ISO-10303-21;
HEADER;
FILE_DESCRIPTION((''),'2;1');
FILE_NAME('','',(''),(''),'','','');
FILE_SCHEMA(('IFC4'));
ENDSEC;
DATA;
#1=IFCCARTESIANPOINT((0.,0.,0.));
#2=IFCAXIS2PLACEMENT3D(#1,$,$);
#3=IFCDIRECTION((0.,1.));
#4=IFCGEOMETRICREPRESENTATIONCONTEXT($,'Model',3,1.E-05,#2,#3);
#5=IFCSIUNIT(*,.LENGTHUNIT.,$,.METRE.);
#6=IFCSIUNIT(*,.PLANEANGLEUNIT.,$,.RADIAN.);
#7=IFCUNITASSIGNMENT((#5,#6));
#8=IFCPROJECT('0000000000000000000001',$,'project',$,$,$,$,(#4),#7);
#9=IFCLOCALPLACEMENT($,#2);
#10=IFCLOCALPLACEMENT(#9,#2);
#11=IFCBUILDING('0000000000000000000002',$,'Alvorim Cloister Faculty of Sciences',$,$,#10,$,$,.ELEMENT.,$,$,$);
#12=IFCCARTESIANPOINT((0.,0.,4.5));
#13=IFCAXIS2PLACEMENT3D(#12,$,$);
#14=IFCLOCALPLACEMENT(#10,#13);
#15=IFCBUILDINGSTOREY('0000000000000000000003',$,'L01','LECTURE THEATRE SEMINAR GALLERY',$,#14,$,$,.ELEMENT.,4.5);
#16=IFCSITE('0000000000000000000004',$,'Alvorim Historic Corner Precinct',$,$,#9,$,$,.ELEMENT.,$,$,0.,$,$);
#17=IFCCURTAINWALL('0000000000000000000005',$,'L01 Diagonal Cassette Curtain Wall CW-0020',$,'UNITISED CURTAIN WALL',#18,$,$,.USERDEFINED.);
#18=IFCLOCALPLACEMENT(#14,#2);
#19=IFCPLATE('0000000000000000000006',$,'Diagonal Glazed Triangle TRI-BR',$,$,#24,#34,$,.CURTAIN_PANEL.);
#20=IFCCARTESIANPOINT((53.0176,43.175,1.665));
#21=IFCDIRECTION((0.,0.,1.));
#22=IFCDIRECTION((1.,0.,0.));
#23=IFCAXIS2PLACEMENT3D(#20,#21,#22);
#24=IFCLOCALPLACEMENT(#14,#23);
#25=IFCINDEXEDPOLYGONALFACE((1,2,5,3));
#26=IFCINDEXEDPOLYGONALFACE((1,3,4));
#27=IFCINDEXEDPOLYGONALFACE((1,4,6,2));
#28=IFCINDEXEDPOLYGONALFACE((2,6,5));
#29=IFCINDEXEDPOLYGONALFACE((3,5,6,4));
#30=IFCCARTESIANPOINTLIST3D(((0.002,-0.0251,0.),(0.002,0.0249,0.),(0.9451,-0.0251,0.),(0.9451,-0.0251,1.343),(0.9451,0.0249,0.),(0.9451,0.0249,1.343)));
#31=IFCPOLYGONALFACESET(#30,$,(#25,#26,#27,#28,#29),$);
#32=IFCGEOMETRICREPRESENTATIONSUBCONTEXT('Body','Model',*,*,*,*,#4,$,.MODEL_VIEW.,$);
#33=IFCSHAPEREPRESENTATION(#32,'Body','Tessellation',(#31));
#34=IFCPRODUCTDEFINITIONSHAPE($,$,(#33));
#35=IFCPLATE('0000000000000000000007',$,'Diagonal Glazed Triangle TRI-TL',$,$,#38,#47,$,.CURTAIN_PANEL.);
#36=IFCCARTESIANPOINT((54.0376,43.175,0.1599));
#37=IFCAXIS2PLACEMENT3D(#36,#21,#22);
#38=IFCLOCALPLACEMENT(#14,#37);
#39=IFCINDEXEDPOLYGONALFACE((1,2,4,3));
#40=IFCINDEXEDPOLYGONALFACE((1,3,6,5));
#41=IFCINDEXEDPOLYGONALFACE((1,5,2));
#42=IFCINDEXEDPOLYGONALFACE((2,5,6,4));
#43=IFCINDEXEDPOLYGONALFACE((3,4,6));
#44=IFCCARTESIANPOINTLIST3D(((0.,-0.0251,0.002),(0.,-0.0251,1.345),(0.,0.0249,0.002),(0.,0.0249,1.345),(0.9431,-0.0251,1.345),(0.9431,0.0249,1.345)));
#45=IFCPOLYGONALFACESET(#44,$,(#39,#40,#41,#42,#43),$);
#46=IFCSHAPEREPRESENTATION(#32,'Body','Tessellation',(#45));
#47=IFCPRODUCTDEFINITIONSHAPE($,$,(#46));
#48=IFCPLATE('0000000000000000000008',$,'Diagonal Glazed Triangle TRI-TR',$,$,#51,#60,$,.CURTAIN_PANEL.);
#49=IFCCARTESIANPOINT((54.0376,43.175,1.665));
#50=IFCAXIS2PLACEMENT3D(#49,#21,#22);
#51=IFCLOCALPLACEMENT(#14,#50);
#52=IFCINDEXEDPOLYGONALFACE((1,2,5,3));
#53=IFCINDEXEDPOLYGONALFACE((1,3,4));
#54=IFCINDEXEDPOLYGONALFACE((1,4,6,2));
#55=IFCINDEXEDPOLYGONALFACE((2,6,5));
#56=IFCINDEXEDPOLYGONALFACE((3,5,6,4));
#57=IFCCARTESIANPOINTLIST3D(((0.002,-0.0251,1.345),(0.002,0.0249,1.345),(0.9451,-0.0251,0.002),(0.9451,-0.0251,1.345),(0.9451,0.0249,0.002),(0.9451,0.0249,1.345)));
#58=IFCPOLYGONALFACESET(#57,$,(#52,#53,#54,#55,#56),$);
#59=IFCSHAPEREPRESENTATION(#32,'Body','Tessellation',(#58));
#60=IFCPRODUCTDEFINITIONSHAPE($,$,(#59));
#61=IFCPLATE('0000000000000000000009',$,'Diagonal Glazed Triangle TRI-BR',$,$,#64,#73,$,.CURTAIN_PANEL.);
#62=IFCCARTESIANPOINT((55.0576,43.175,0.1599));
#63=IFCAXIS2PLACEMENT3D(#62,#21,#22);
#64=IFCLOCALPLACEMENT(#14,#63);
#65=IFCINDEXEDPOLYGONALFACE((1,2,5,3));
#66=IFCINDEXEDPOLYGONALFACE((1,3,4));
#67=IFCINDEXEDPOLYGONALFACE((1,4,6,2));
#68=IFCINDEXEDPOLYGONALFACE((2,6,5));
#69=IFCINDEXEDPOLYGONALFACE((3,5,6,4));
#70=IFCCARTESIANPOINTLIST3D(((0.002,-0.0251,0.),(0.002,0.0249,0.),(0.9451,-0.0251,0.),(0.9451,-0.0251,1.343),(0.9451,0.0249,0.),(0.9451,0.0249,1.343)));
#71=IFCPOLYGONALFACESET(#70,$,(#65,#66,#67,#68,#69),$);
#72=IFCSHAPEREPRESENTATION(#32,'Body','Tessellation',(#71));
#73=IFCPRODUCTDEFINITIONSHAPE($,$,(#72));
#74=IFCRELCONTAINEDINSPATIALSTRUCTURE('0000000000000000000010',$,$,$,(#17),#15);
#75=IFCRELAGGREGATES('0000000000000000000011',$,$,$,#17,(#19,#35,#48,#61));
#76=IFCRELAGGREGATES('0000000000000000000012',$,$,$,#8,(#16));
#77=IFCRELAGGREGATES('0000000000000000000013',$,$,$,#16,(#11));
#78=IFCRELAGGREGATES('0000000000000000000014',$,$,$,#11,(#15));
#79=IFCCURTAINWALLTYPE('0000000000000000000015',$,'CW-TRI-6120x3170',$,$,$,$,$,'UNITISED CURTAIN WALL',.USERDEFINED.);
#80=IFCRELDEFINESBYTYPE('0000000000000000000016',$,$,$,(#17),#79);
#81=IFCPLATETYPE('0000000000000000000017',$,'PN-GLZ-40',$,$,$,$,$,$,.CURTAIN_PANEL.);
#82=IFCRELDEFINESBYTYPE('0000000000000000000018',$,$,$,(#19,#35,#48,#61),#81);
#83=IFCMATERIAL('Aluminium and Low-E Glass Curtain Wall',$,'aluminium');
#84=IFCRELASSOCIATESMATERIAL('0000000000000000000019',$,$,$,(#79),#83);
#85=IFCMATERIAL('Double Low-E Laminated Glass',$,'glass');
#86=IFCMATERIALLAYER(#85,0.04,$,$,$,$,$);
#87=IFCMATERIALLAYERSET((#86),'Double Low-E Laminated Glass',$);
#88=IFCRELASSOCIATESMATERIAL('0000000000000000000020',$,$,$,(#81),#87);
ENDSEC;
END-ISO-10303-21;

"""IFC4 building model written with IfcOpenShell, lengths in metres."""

from ifc_helpers import new_model, si_unit, direction, frame, origin, place, context, subcontext, project, spatial, polyline, outline, extrude, material, layer, layer_set, type_object, element, aggregate, save


model = new_model("IFC4")

# Units and contexts
model_context = context("Model", 3, precision=1e-05, world=origin(), true_north=direction((0.0, 1.0)))
body_context = subcontext(model_context, "Body", "Model", "MODEL_VIEW")
ifc_project = project(units=[si_unit("LENGTHUNIT", "METRE"), si_unit("PLANEANGLEUNIT", "RADIAN")], contexts=[model_context])

# Site, building, storey
site_placement = place(None, origin())
site = spatial("IfcSite", under=ifc_project, at=site_placement, Name="Alvorim Historic Corner Precinct", CompositionType="ELEMENT", RefElevation=0.0)
building_placement = place(site_placement, origin())
building = spatial("IfcBuilding", under=site, at=building_placement, Name="Alvorim Cloister Faculty of Sciences", CompositionType="ELEMENT")
storey_placement = place(building_placement, frame((0.0, 0.0, 4.5)))
storey = spatial("IfcBuildingStorey", under=building, at=storey_placement, Name="L01", Description="LECTURE THEATRE SEMINAR GALLERY", CompositionType="ELEMENT", Elevation=4.5)

# Curtain wall, plates
ifc_material_1 = material(Name="Aluminium and Low-E Glass Curtain Wall", Category="aluminium")
curtain_wall_type = type_object("IfcCurtainWallType", Name="CW-TRI-6120x3170", ElementType="UNITISED CURTAIN WALL", PredefinedType="USERDEFINED", material=ifc_material_1)
curtain_wall_placement = place(storey_placement, origin())
curtain_wall = element("IfcCurtainWall", 1, at=curtain_wall_placement, inside=storey, type_object=curtain_wall_type, Name="L01 Diagonal Cassette Curtain Wall CW-0020", ObjectType="UNITISED CURTAIN WALL", PredefinedType="USERDEFINED")
ifc_material_2 = material(Name="Double Low-E Laminated Glass", Category="glass")
ifc_layer = layer(ifc_material_2, 0.04)
ifc_layer_set = layer_set([ifc_layer], Name="Double Low-E Laminated Glass")
plate_type = type_object("IfcPlateType", Name="PN-GLZ-40", PredefinedType="CURTAIN_PANEL", material=ifc_layer_set)
plate_1_placement = place(storey_placement, frame((53.0176, 43.175, 1.665), z_axis=(0.0, 0.0, 1.0), x_axis=(1.0, 0.0, 0.0)))
plate_1 = element("IfcPlate", 2, at=plate_1_placement, type_object=plate_type, Name="Diagonal Glazed Triangle TRI-BR", PredefinedType="CURTAIN_PANEL", context=body_context, shape_type="SweptSolid", body=[
    extrude(outline(polyline([(0.002, 0.0), (0.9451, 0.0), (0.9451, 1.343), (0.002, 0.0)])), frame((0.0, 0.0249, 0.0), z_axis=(0.0, -1.0, 0.0), x_axis=(1.0, 0.0, 0.0)), (0.0, 0.0, 1.0), 0.05),
])
plate_2_placement = place(storey_placement, frame((54.0376, 43.175, 0.1599), z_axis=(0.0, 0.0, 1.0), x_axis=(1.0, 0.0, 0.0)))
plate_2 = element("IfcPlate", 3, at=plate_2_placement, type_object=plate_type, Name="Diagonal Glazed Triangle TRI-TL", PredefinedType="CURTAIN_PANEL", context=body_context, shape_type="SweptSolid", body=[
    extrude(outline(polyline([(0.9431, 1.345), (0.0, 1.345), (0.0, 0.002), (0.9431, 1.345)])), frame((0.0, 0.0249, 0.0), z_axis=(0.0, -1.0, 0.0), x_axis=(1.0, 0.0, 0.0)), (0.0, 0.0, 1.0), 0.05),
])
plate_3_placement = place(storey_placement, frame((54.0376, 43.175, 1.665), z_axis=(0.0, 0.0, 1.0), x_axis=(1.0, 0.0, 0.0)))
plate_3 = element("IfcPlate", 4, at=plate_3_placement, type_object=plate_type, Name="Diagonal Glazed Triangle TRI-TR", PredefinedType="CURTAIN_PANEL", context=body_context, shape_type="SweptSolid", body=[
    extrude(outline(polyline([(0.9451, 0.002), (0.9451, 1.345), (0.002, 1.345), (0.9451, 0.002)])), frame((0.0, 0.0249, 0.0), z_axis=(0.0, -1.0, 0.0), x_axis=(1.0, 0.0, 0.0)), (0.0, 0.0, 1.0), 0.05),
])
plate_4_placement = place(storey_placement, frame((55.0576, 43.175, 0.1599), z_axis=(0.0, 0.0, 1.0), x_axis=(1.0, 0.0, 0.0)))
plate_4 = element("IfcPlate", 5, at=plate_4_placement, type_object=plate_type, Name="Diagonal Glazed Triangle TRI-BR", PredefinedType="CURTAIN_PANEL", context=body_context, shape_type="SweptSolid", body=[
    extrude(outline(polyline([(0.002, 0.0), (0.9451, 0.0), (0.9451, 1.343), (0.002, 0.0)])), frame((0.0, 0.0249, 0.0), z_axis=(0.0, -1.0, 0.0), x_axis=(1.0, 0.0, 0.0)), (0.0, 0.0, 1.0), 0.05),
])
aggregate(curtain_wall, [plate_1, plate_2, plate_3, plate_4])

save(model, "model.ifc")
